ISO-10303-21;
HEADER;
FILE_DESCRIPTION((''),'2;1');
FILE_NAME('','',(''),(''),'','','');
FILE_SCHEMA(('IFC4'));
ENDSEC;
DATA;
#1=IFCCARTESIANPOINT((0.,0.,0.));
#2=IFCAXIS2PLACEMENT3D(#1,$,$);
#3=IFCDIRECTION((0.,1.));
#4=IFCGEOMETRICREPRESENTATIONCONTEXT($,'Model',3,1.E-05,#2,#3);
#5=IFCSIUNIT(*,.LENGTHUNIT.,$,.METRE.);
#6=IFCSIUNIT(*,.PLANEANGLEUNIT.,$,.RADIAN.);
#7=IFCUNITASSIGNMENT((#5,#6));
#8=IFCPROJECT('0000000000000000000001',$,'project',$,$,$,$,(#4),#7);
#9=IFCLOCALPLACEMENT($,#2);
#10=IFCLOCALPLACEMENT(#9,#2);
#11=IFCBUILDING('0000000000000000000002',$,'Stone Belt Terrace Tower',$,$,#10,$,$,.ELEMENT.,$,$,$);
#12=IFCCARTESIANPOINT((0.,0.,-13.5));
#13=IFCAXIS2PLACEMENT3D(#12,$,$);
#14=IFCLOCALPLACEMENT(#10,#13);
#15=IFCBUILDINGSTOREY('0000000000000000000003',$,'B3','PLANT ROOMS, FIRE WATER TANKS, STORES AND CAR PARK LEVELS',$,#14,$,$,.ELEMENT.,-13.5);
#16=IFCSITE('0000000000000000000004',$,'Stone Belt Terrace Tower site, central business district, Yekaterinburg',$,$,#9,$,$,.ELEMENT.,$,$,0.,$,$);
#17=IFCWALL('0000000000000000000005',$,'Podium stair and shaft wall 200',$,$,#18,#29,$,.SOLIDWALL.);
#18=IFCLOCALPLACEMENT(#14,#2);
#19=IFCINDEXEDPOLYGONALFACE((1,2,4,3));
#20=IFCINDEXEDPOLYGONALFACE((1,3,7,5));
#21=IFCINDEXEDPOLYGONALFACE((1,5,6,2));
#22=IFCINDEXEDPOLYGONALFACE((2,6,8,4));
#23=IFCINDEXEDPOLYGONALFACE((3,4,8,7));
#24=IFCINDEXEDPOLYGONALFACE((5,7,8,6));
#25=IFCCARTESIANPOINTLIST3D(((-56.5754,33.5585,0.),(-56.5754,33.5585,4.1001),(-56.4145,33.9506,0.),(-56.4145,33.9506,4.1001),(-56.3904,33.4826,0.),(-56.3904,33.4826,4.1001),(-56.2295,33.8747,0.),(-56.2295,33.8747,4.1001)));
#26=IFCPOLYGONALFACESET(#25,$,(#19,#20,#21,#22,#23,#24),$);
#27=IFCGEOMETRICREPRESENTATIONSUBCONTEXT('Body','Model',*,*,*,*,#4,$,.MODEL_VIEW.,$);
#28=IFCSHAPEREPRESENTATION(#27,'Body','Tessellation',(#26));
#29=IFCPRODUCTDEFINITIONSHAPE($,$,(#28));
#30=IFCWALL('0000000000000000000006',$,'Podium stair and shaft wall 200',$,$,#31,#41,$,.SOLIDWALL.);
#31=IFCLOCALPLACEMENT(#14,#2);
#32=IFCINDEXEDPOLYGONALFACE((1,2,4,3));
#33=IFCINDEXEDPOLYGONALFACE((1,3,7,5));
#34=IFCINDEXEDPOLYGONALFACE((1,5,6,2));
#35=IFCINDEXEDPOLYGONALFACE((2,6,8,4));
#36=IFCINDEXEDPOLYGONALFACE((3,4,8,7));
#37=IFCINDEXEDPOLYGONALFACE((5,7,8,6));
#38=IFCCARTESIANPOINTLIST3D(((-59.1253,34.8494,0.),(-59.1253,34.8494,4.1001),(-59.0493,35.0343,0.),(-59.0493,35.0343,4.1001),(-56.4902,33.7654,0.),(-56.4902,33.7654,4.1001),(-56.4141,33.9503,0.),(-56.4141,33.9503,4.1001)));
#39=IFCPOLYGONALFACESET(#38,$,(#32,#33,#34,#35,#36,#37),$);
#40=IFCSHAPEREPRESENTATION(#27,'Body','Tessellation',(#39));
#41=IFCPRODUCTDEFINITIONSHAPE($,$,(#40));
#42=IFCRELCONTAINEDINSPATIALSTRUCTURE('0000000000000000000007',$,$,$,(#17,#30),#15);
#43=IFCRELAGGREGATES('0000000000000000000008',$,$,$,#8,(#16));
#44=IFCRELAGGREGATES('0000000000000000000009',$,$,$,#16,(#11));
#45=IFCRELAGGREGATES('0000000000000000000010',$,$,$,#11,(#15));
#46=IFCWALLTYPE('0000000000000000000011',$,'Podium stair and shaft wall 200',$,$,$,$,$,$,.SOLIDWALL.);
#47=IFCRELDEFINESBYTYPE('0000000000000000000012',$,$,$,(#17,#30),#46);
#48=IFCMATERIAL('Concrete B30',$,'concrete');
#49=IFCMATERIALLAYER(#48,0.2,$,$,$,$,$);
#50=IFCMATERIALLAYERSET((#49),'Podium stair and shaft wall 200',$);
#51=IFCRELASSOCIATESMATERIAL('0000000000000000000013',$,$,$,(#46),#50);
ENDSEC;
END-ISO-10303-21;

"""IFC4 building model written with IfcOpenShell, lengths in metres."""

from ifc_helpers import new_model, si_unit, direction, frame, frame_2d, origin, place, context, subcontext, project, spatial, rectangle, extrude, material, layer, layer_set, type_object, element, save


model = new_model("IFC4")

# Units and contexts
model_context = context("Model", 3, precision=1e-05, world=origin(), true_north=direction((0.0, 1.0)))
body_context = subcontext(model_context, "Body", "Model", "MODEL_VIEW")
ifc_project = project(units=[si_unit("LENGTHUNIT", "METRE"), si_unit("PLANEANGLEUNIT", "RADIAN")], contexts=[model_context])

# Site, building, storey
site_placement = place(None, origin())
site = spatial("IfcSite", under=ifc_project, at=site_placement, Name="Stone Belt Terrace Tower site, central business district, Yekaterinburg", CompositionType="ELEMENT", RefElevation=0.0)
building_placement = place(site_placement, origin())
building = spatial("IfcBuilding", under=site, at=building_placement, Name="Stone Belt Terrace Tower", CompositionType="ELEMENT")
storey_placement = place(building_placement, frame((0.0, 0.0, -13.5)))
storey = spatial("IfcBuildingStorey", under=building, at=storey_placement, Name="B3", Description="PLANT ROOMS, FIRE WATER TANKS, STORES AND CAR PARK LEVELS", CompositionType="ELEMENT", Elevation=-13.5)

# Walls
ifc_material_1 = material(Name="Concrete B30", Category="concrete")
ifc_layer_1 = layer(ifc_material_1, 0.2)
ifc_layer_set_1 = layer_set([ifc_layer_1], Name="Podium stair and shaft wall 200")
wall_type_1 = type_object("IfcWallType", Name="Podium stair and shaft wall 200", PredefinedType="SOLIDWALL", material=ifc_layer_set_1)
wall_1_placement = place(storey_placement, frame((-56.4829, 33.5205, 0.0), z_axis=(0.0, 0.0, 1.0), x_axis=(0.37962, 0.925143, 0.0)))
element("IfcWall", 1, at=wall_1_placement, inside=storey, type_object=wall_type_1, Name="Podium stair and shaft wall 200", PredefinedType="SOLIDWALL", context=body_context, shape_type="SweptSolid", body=[
    extrude(rectangle(XDim=0.4238, YDim=0.2, at=frame_2d((0.2119, 0.0))), origin(), (0.0, 0.0, 1.0), 4.1001),
])
wall_2_placement = place(storey_placement, frame((-59.0874, 34.9419, 0.0), z_axis=(0.0, 0.0, 1.0), x_axis=(0.924804, -0.380444, 0.0)))
element("IfcWall", 2, at=wall_2_placement, inside=storey, type_object=wall_type_1, Name="Podium stair and shaft wall 200", PredefinedType="SOLIDWALL", context=body_context, shape_type="SweptSolid", body=[
    extrude(rectangle(XDim=2.8494, YDim=0.2, at=frame_2d((1.4248, 0.0))), origin(), (0.0, 0.0, 1.0), 4.1001),
])

save(model, "model.ifc")
